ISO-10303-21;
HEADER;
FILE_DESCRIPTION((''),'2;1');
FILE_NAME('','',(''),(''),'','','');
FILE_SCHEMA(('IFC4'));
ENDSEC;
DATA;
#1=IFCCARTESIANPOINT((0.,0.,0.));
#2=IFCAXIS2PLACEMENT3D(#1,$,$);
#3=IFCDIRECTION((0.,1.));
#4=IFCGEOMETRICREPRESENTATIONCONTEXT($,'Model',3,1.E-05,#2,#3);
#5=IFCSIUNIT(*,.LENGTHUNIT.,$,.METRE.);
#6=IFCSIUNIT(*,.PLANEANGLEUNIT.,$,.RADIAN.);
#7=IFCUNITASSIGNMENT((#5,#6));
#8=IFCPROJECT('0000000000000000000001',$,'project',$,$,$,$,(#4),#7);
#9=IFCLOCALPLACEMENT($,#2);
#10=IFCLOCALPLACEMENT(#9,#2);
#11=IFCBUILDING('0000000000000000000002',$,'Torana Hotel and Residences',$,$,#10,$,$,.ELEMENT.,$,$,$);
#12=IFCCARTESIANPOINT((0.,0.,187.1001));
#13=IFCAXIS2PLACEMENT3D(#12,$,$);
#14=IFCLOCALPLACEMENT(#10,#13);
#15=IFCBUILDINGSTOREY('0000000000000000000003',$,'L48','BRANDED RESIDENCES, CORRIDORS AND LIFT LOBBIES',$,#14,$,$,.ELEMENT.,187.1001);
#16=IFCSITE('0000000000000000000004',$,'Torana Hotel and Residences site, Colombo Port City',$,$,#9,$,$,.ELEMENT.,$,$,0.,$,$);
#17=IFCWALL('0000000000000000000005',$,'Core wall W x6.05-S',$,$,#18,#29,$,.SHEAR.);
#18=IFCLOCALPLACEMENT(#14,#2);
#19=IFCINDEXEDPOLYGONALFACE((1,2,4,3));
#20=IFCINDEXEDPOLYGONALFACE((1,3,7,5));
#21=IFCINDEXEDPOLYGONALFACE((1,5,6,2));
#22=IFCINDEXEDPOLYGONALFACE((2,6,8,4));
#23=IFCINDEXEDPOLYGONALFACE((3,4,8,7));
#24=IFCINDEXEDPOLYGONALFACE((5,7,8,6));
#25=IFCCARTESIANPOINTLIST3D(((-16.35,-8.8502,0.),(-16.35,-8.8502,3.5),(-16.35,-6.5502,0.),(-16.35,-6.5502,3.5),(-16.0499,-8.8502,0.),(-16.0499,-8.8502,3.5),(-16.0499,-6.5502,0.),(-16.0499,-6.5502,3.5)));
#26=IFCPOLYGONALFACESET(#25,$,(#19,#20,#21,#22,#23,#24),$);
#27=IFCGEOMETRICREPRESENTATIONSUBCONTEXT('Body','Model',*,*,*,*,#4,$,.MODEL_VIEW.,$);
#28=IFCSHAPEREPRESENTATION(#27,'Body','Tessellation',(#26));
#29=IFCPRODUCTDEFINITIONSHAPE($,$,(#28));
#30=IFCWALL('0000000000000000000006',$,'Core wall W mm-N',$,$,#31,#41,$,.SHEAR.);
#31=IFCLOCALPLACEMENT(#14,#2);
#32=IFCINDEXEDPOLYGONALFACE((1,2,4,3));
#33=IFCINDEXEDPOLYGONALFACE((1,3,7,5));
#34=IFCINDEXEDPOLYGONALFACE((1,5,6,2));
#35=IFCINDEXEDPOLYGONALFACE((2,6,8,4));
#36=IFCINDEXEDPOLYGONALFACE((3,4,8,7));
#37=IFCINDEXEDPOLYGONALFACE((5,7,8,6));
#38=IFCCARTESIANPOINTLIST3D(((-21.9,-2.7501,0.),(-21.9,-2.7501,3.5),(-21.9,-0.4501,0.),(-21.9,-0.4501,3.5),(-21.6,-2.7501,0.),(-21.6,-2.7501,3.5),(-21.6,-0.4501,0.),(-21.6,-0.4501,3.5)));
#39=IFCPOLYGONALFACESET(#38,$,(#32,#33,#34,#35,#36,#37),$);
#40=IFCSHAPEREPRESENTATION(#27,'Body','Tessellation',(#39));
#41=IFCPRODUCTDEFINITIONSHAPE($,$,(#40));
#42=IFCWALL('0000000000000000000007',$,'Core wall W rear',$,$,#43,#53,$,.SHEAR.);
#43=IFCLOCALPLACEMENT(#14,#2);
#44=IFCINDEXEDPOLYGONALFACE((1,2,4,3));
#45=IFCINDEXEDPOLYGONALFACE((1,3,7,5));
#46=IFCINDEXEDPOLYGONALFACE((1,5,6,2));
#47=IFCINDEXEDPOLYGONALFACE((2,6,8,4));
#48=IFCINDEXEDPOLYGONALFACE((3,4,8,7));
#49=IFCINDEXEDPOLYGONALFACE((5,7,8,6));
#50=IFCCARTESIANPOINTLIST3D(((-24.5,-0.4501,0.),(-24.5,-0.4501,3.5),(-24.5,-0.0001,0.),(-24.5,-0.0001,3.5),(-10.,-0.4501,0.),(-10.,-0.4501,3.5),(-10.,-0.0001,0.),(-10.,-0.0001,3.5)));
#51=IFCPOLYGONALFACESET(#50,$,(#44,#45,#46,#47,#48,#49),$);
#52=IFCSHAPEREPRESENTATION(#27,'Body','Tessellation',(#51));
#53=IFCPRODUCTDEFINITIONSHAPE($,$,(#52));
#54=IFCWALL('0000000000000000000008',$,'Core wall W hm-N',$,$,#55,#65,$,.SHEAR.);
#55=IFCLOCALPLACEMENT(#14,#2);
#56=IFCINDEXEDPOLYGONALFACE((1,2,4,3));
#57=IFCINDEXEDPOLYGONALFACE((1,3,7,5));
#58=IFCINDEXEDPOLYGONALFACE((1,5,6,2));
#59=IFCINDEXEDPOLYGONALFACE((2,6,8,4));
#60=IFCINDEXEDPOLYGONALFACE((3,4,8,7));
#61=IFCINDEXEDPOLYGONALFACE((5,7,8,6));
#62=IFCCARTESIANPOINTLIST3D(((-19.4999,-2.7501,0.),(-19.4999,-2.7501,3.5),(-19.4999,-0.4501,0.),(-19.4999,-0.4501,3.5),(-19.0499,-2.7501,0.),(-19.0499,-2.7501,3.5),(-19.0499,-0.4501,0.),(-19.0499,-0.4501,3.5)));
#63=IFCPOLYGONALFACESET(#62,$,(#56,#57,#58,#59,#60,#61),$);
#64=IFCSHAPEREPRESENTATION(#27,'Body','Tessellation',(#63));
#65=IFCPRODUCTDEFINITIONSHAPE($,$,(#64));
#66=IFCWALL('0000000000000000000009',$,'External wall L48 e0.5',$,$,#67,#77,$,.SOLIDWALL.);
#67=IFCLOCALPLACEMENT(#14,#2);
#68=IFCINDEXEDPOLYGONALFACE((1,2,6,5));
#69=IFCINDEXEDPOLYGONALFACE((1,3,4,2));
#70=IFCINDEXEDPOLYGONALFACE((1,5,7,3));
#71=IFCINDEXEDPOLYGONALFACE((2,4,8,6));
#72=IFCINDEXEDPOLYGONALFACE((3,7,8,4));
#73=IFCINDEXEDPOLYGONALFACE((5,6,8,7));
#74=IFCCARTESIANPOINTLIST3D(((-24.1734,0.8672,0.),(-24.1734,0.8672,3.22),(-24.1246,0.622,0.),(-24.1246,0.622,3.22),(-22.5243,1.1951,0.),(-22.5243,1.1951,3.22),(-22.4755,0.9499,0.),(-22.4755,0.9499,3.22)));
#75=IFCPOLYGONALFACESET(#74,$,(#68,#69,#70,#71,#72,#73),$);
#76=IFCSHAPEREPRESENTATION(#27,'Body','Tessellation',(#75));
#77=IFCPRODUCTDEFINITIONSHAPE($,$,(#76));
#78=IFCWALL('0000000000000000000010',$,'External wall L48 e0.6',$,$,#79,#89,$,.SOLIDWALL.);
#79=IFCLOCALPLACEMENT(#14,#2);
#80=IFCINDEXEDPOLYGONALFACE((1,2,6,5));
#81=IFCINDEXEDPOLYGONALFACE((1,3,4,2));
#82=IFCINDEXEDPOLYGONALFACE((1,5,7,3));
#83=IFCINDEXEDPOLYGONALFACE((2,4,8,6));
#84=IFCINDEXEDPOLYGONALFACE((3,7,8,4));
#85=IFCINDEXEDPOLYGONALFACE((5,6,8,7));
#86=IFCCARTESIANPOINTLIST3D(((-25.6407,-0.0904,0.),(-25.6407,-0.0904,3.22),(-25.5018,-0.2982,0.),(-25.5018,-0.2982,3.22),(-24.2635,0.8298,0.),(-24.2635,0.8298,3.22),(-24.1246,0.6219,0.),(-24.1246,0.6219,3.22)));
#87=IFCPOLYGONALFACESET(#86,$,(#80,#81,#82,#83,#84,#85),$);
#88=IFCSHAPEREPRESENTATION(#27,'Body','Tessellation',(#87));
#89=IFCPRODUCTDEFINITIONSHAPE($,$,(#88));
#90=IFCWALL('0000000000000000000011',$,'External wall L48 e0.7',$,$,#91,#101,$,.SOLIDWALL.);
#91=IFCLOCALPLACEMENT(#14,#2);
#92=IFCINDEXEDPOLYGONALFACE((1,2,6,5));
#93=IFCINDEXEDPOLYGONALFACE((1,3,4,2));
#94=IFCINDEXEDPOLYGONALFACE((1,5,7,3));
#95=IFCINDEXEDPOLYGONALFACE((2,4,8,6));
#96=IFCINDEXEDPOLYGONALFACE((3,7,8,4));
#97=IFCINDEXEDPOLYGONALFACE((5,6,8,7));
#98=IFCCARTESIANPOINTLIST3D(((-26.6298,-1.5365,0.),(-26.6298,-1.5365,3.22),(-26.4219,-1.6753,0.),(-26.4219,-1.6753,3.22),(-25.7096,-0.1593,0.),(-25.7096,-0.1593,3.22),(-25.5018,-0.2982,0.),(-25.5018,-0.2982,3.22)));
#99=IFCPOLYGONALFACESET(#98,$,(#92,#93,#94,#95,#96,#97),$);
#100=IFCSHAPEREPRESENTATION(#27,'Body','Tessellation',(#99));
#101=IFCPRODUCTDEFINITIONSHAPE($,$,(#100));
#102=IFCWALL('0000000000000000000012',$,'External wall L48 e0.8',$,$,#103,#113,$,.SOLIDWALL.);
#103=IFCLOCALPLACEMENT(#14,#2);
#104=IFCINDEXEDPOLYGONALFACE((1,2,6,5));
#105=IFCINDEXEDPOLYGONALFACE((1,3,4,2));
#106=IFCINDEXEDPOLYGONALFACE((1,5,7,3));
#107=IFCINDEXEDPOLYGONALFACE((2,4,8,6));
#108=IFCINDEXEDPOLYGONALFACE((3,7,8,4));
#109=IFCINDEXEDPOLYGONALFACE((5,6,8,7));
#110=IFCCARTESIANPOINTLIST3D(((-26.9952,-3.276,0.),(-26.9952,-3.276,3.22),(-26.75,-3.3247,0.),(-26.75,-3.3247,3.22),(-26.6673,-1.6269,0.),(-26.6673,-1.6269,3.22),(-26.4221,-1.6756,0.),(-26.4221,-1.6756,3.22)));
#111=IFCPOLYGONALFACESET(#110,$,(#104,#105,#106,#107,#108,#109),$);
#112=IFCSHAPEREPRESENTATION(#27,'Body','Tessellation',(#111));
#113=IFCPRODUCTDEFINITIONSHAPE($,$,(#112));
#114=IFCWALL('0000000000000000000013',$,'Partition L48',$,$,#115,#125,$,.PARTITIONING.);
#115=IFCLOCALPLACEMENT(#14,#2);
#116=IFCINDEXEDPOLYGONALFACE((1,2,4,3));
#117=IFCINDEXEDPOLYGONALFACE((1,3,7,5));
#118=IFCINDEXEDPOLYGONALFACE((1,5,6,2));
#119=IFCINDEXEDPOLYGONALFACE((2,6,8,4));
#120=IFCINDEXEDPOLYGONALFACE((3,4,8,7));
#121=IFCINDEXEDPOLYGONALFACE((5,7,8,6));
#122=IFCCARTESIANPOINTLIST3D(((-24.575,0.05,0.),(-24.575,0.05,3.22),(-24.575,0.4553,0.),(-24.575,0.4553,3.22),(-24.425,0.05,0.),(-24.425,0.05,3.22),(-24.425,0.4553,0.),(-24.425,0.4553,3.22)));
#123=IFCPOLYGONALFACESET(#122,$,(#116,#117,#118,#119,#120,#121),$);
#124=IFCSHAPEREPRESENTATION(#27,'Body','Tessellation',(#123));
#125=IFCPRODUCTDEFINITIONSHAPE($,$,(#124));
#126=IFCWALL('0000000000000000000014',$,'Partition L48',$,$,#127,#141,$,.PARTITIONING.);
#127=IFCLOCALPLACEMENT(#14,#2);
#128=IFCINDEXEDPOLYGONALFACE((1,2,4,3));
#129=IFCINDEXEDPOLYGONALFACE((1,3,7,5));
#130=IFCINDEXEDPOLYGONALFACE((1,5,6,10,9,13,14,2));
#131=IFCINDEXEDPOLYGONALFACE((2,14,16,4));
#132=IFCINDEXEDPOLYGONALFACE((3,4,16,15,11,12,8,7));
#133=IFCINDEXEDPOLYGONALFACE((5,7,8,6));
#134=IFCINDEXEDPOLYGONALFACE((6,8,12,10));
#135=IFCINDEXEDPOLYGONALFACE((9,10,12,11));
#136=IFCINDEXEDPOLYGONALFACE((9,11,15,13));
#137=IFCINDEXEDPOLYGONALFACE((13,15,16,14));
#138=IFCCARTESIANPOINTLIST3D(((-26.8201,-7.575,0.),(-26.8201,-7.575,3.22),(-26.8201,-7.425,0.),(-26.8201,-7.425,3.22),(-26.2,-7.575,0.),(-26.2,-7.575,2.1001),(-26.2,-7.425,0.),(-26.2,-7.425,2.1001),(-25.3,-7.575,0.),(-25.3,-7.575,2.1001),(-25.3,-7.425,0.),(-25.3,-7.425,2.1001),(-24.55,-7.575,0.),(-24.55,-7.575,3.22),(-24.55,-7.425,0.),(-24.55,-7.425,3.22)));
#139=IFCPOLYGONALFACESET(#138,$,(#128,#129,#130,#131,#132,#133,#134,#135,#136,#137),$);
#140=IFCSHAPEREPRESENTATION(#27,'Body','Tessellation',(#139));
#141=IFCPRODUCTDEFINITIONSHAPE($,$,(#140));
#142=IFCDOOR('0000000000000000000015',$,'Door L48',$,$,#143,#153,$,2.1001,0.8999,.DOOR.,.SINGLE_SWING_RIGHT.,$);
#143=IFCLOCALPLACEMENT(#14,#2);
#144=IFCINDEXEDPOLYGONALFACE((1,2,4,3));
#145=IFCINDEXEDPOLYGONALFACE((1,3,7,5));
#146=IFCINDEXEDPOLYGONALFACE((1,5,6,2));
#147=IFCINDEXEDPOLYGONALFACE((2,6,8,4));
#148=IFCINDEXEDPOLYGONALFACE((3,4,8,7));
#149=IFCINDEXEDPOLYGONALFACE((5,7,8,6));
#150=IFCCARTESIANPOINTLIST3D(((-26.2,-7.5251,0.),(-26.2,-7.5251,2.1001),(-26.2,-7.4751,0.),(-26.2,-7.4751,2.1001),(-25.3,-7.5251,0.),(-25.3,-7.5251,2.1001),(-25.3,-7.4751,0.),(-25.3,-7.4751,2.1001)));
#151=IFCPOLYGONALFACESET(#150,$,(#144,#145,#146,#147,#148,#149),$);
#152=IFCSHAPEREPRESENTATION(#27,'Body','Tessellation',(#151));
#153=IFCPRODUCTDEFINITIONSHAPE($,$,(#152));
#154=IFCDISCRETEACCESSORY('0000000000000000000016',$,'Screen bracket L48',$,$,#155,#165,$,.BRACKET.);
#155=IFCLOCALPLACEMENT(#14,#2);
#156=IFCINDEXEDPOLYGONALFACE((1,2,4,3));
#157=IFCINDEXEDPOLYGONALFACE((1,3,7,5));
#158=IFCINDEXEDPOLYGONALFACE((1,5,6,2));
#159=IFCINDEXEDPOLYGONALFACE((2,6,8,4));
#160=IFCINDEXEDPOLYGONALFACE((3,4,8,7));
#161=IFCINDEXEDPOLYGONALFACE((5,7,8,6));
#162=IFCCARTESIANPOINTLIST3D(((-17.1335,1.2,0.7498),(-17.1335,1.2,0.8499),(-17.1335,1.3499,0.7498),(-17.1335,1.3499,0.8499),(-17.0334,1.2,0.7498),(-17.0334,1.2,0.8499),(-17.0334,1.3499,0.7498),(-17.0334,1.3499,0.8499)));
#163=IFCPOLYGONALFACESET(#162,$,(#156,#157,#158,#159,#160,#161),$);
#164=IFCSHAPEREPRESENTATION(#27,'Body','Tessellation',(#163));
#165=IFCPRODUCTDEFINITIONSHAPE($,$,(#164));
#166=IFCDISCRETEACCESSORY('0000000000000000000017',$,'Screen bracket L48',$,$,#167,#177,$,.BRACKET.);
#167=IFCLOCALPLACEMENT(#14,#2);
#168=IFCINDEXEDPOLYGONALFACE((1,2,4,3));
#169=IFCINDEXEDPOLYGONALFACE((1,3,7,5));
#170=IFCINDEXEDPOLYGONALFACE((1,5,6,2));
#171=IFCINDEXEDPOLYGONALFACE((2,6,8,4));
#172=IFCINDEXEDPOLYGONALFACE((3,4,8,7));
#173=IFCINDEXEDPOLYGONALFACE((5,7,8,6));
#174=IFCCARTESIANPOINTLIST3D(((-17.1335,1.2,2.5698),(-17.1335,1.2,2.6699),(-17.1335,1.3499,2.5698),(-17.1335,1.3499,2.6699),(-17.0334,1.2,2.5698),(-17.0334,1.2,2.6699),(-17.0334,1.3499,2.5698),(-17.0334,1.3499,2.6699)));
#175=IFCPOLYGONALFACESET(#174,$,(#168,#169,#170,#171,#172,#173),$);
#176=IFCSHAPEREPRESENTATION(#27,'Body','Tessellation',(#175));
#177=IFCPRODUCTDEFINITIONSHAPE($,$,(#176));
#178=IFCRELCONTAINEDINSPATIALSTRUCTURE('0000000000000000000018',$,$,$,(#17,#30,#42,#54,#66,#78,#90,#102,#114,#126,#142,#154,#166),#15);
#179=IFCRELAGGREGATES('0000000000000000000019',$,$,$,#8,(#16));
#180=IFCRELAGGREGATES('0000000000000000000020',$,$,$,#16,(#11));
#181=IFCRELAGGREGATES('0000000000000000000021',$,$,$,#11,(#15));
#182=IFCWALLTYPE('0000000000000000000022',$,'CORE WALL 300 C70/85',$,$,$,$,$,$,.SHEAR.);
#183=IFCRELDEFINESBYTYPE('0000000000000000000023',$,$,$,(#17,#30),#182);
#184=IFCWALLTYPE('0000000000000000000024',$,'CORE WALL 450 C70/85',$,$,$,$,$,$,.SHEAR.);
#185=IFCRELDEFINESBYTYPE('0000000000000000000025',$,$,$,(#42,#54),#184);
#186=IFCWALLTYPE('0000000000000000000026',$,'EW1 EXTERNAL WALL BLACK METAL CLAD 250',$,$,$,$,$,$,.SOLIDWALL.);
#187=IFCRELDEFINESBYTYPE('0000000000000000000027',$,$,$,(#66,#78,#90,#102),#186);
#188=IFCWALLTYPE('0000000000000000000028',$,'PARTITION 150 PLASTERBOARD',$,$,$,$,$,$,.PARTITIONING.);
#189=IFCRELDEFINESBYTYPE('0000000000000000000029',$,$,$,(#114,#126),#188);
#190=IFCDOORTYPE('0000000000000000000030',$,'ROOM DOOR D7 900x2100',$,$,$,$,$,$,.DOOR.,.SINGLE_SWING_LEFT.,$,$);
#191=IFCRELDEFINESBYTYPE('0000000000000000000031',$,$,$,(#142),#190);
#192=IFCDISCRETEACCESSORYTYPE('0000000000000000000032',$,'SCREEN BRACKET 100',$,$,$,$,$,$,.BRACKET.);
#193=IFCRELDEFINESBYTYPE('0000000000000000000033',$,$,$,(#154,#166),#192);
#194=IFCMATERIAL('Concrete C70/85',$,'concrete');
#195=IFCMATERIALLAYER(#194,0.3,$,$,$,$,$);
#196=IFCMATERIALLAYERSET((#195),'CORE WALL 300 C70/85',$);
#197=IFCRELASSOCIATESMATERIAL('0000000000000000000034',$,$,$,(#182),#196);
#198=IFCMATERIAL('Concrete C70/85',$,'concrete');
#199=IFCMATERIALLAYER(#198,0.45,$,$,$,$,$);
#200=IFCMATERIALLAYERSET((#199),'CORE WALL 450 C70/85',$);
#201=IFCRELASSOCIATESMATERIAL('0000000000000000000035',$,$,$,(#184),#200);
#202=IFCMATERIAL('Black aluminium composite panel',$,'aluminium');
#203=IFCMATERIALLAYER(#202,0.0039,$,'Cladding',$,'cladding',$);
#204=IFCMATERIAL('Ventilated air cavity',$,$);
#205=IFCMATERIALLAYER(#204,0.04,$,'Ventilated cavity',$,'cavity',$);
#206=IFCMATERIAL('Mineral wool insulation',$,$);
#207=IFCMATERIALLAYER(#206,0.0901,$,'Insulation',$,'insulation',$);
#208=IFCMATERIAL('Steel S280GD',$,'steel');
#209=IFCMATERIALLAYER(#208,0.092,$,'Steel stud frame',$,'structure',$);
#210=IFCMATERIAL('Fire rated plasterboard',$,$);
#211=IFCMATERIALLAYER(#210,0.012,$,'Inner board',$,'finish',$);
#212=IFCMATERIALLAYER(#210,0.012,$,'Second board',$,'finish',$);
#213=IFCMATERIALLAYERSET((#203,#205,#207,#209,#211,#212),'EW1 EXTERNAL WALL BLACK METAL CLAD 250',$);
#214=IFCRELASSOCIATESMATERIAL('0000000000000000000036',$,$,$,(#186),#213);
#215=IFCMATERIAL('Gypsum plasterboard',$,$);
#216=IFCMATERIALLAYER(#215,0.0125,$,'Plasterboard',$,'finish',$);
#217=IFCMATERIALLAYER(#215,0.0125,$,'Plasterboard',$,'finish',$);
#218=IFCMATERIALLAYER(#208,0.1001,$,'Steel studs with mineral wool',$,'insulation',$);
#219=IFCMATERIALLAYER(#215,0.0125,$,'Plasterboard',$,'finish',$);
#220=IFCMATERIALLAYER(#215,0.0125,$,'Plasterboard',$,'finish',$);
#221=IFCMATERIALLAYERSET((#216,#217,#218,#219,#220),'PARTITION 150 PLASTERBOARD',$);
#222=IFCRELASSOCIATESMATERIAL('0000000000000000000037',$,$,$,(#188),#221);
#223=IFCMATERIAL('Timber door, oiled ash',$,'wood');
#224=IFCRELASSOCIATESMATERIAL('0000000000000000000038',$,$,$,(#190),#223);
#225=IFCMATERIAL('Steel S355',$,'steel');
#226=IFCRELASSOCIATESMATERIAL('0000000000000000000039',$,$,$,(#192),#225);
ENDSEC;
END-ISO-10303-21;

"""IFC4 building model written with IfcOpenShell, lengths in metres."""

from ifc_helpers import new_model, si_unit, direction, frame, frame_2d, origin, origin_2d, place, context, subcontext, project, spatial, rectangle, extrude, material, layer, layer_set, type_object, element, fill, save


model = new_model("IFC4")

# Units and contexts
model_context = context("Model", 3, precision=1e-05, world=origin(), true_north=direction((0.0, 1.0)))
body_context = subcontext(model_context, "Body", "Model", "MODEL_VIEW")
ifc_project = project(units=[si_unit("LENGTHUNIT", "METRE"), si_unit("PLANEANGLEUNIT", "RADIAN")], contexts=[model_context])

# Site, building, storey
site_placement = place(None, origin())
site = spatial("IfcSite", under=ifc_project, at=site_placement, Name="Torana Hotel and Residences site, Colombo Port City", CompositionType="ELEMENT", RefElevation=0.0)
building_placement = place(site_placement, origin())
building = spatial("IfcBuilding", under=site, at=building_placement, Name="Torana Hotel and Residences", CompositionType="ELEMENT")
storey_placement = place(building_placement, frame((0.0, 0.0, 187.1001)))
storey = spatial("IfcBuildingStorey", under=building, at=storey_placement, Name="L48", Description="BRANDED RESIDENCES, CORRIDORS AND LIFT LOBBIES", CompositionType="ELEMENT", Elevation=187.1001)

# Shared definitions
ifc_material_1 = material(Name="Concrete C70/85", Category="concrete")
ifc_layer_1 = layer(ifc_material_1, 0.3)
ifc_layer_set_1 = layer_set([ifc_layer_1], Name="CORE WALL 300 C70/85")
wall_type_1 = type_object("IfcWallType", Name="CORE WALL 300 C70/85", PredefinedType="SHEAR", material=ifc_layer_set_1)

# Walls
for number, where, z_axis, x_axis, name in (
    (1, (-16.2, -8.8501, 0.0), (0.0, 0.0, 1.0), (0.0, 1.0, 0.0), "Core wall W x6.05-S"),
    (2, (-21.75, -2.75, 0.0), (0.0, 0.0, 1.0), (0.0, 1.0, 0.0), "Core wall W mm-N"),
):
    element("IfcWall", number, at=place(storey_placement, frame(where, z_axis=z_axis, x_axis=x_axis)), inside=storey, type_object=wall_type_1, Name=name, PredefinedType="SHEAR", context=body_context, shape_type="SweptSolid", body=[
        extrude(rectangle(XDim=2.3, YDim=0.3, at=frame_2d((1.1499, 0.0))), origin(), (0.0, 0.0, 1.0), 3.5),
    ])
ifc_material_2 = material(Name="Concrete C70/85", Category="concrete")
ifc_layer_2 = layer(ifc_material_2, 0.45)
ifc_layer_set_2 = layer_set([ifc_layer_2], Name="CORE WALL 450 C70/85")
wall_type_2 = type_object("IfcWallType", Name="CORE WALL 450 C70/85", PredefinedType="SHEAR", material=ifc_layer_set_2)
wall_1_placement = place(storey_placement, frame((-24.5, -0.2251, 0.0), z_axis=(0.0, 0.0, 1.0), x_axis=(1.0, 0.0, 0.0)))
element("IfcWall", 3, at=wall_1_placement, inside=storey, type_object=wall_type_2, Name="Core wall W rear", PredefinedType="SHEAR", context=body_context, shape_type="SweptSolid", body=[
    extrude(rectangle(XDim=14.5, YDim=0.45, at=frame_2d((7.25, 0.0))), origin(), (0.0, 0.0, 1.0), 3.5),
])
wall_2_placement = place(storey_placement, frame((-19.2749, -2.75, 0.0), z_axis=(0.0, 0.0, 1.0), x_axis=(0.0, 1.0, 0.0)))
element("IfcWall", 4, at=wall_2_placement, inside=storey, type_object=wall_type_2, Name="Core wall W hm-N", PredefinedType="SHEAR", context=body_context, shape_type="SweptSolid", body=[
    extrude(rectangle(XDim=2.3, YDim=0.45, at=frame_2d((1.1499, 0.0))), origin(), (0.0, 0.0, 1.0), 3.5),
])
ifc_material_3 = material(Name="Black aluminium composite panel", Category="aluminium")
ifc_layer_3 = layer(ifc_material_3, 0.0039, Name="Cladding", Category="cladding")
ifc_material_4 = material(Name="Ventilated air cavity")
ifc_layer_4 = layer(ifc_material_4, 0.04, Name="Ventilated cavity", Category="cavity")
ifc_material_5 = material(Name="Mineral wool insulation")
ifc_layer_5 = layer(ifc_material_5, 0.0901, Name="Insulation", Category="insulation")
ifc_material_6 = material(Name="Steel S280GD", Category="steel")
ifc_layer_6 = layer(ifc_material_6, 0.092, Name="Steel stud frame", Category="structure")
ifc_material_7 = material(Name="Fire rated plasterboard")
ifc_layer_7 = layer(ifc_material_7, 0.012, Name="Inner board", Category="finish")
ifc_layer_8 = layer(ifc_material_7, 0.012, Name="Second board", Category="finish")
ifc_layer_set_3 = layer_set([ifc_layer_3, ifc_layer_4, ifc_layer_5, ifc_layer_6, ifc_layer_7, ifc_layer_8], Name="EW1 EXTERNAL WALL BLACK METAL CLAD 250")
wall_type_3 = type_object("IfcWallType", Name="EW1 EXTERNAL WALL BLACK METAL CLAD 250", PredefinedType="SOLIDWALL", material=ifc_layer_set_3)
wall_3_placement = place(storey_placement, frame((-22.4998, 1.0725, 0.0), z_axis=(0.0, 0.0, 1.0), x_axis=(-0.980803, -0.194999, 0.0)))
element("IfcWall", 5, at=wall_3_placement, inside=storey, type_object=wall_type_3, Name="External wall L48 e0.5", PredefinedType="SOLIDWALL", context=body_context, shape_type="SweptSolid", body=[
    extrude(rectangle(XDim=1.6814, YDim=0.25, at=frame_2d((0.8408, 0.0))), origin(), (0.0, 0.0, 1.0), 3.22),
])
for number, where, z_axis, x_axis, name in (
    (6, (-24.1941, 0.7258, 0.0), (0.0, 0.0, 1.0), (-0.831483, -0.55555, 0.0), "External wall L48 e0.6"),
    (7, (-25.6057, -0.2288, 0.0), (0.0, 0.0, 1.0), (-0.55555, -0.831483, 0.0), "External wall L48 e0.7"),
):
    element("IfcWall", number, at=place(storey_placement, frame(where, z_axis=z_axis, x_axis=x_axis)), inside=storey, type_object=wall_type_3, Name=name, PredefinedType="SOLIDWALL", context=body_context, shape_type="SweptSolid", body=[
        extrude(rectangle(XDim=1.6562, YDim=0.25, at=frame_2d((0.8281, 0.0))), origin(), (0.0, 0.0, 1.0), 3.22),
    ])
wall_4_placement = place(storey_placement, frame((-26.5447, -1.6511, 0.0), z_axis=(0.0, 0.0, 1.0), x_axis=(-0.194999, -0.980803, 0.0)))
element("IfcWall", 8, at=wall_4_placement, inside=storey, type_object=wall_type_3, Name="External wall L48 e0.8", PredefinedType="SOLIDWALL", context=body_context, shape_type="SweptSolid", body=[
    extrude(rectangle(XDim=1.6814, YDim=0.25, at=frame_2d((0.8408, 0.0))), origin(), (0.0, 0.0, 1.0), 3.22),
])

# Wall
ifc_material_8 = material(Name="Gypsum plasterboard")
ifc_layer_9 = layer(ifc_material_8, 0.0125, Name="Plasterboard", Category="finish")
ifc_layer_10 = layer(ifc_material_8, 0.0125, Name="Plasterboard", Category="finish")
ifc_layer_11 = layer(ifc_material_6, 0.1001, Name="Steel studs with mineral wool", Category="insulation")
ifc_layer_12 = layer(ifc_material_8, 0.0125, Name="Plasterboard", Category="finish")
ifc_layer_13 = layer(ifc_material_8, 0.0125, Name="Plasterboard", Category="finish")
ifc_layer_set_4 = layer_set([ifc_layer_9, ifc_layer_10, ifc_layer_11, ifc_layer_12, ifc_layer_13], Name="PARTITION 150 PLASTERBOARD")
wall_type_4 = type_object("IfcWallType", Name="PARTITION 150 PLASTERBOARD", PredefinedType="PARTITIONING", material=ifc_layer_set_4)
wall_5_placement = place(storey_placement, frame((-24.5, 0.05, 0.0), z_axis=(0.0, 0.0, 1.0), x_axis=(0.0, 1.0, 0.0)))
element("IfcWall", 9, at=wall_5_placement, inside=storey, type_object=wall_type_4, Name="Partition L48", PredefinedType="PARTITIONING", context=body_context, shape_type="SweptSolid", body=[
    extrude(rectangle(XDim=0.4053, YDim=0.1499, at=frame_2d((0.2026, 0.0))), origin(), (0.0, 0.0, 1.0), 3.22),
])

# Wall, opening, door
wall_6_placement = place(storey_placement, frame((-26.8201, -7.5, 0.0), z_axis=(0.0, 0.0, 1.0), x_axis=(1.0, 0.0, 0.0)))
wall_6 = element("IfcWall", 10, at=wall_6_placement, inside=storey, type_object=wall_type_4, Name="Partition L48", PredefinedType="PARTITIONING", context=body_context, shape_type="SweptSolid", body=[
    extrude(rectangle(XDim=2.27, YDim=0.1499, at=frame_2d((1.135, 0.0))), origin(), (0.0, 0.0, 1.0), 3.22),
])
opening_1_placement = place(wall_6_placement, frame((0.6201, 0.0, 0.0)))
opening_1 = element("IfcOpeningElement", 11, at=opening_1_placement, cuts=wall_6, PredefinedType="OPENING", context=body_context, shape_type="SweptSolid", body=[
    extrude(rectangle(XDim=0.8999, YDim=2.1001, at=frame_2d((0.45, 1.05))), frame((0.0, 0.085, 0.0), z_axis=(0.0, -1.0, 0.0), x_axis=(1.0, 0.0, 0.0)), (0.0, 0.0, 1.0), 0.1699),
])
ifc_material_9 = material(Name="Timber door, oiled ash", Category="wood")
door_type_1 = type_object("IfcDoorType", Name="ROOM DOOR D7 900x2100", OperationType="SINGLE_SWING_LEFT", PredefinedType="DOOR", material=ifc_material_9)
door_1_placement = place(opening_1_placement, origin())
door_1 = element("IfcDoor", 12, at=door_1_placement, inside=storey, type_object=door_type_1, Name="Door L48", OperationType="SINGLE_SWING_RIGHT", OverallHeight=2.1001, OverallWidth=0.8999, PredefinedType="DOOR", context=body_context, shape_type="SweptSolid", body=[
    extrude(rectangle(XDim=0.8999, YDim=2.1001, at=frame_2d((0.45, 1.05))), frame((0.0, 0.0249, 0.0), z_axis=(0.0, -1.0, 0.0), x_axis=(1.0, 0.0, 0.0)), (0.0, 0.0, 1.0), 0.05),
])
fill(opening_1, door_1)

# Discrete accessories
ifc_material_10 = material(Name="Steel S355", Category="steel")
discrete_accessory_type = type_object("IfcDiscreteAccessoryType", Name="SCREEN BRACKET 100", PredefinedType="BRACKET", material=ifc_material_10)
for number, where, z_axis, x_axis, name in (
    (13, (-17.0835, 1.2749, 0.7498), (0.0, 0.0, 1.0), (-1.0, 0.0, 0.0), "Screen bracket L48"),
    (14, (-17.0835, 1.2749, 2.5698), (0.0, 0.0, 1.0), (-1.0, 0.0, 0.0), "Screen bracket L48"),
):
    element("IfcDiscreteAccessory", number, at=place(storey_placement, frame(where, z_axis=z_axis, x_axis=x_axis)), inside=storey, type_object=discrete_accessory_type, Name=name, PredefinedType="BRACKET", context=body_context, shape_type="SweptSolid", body=[
        extrude(rectangle(XDim=0.1001, YDim=0.1499, at=origin_2d()), origin(), (0.0, 0.0, 1.0), 0.1001),
    ])

save(model, "model.ifc")
